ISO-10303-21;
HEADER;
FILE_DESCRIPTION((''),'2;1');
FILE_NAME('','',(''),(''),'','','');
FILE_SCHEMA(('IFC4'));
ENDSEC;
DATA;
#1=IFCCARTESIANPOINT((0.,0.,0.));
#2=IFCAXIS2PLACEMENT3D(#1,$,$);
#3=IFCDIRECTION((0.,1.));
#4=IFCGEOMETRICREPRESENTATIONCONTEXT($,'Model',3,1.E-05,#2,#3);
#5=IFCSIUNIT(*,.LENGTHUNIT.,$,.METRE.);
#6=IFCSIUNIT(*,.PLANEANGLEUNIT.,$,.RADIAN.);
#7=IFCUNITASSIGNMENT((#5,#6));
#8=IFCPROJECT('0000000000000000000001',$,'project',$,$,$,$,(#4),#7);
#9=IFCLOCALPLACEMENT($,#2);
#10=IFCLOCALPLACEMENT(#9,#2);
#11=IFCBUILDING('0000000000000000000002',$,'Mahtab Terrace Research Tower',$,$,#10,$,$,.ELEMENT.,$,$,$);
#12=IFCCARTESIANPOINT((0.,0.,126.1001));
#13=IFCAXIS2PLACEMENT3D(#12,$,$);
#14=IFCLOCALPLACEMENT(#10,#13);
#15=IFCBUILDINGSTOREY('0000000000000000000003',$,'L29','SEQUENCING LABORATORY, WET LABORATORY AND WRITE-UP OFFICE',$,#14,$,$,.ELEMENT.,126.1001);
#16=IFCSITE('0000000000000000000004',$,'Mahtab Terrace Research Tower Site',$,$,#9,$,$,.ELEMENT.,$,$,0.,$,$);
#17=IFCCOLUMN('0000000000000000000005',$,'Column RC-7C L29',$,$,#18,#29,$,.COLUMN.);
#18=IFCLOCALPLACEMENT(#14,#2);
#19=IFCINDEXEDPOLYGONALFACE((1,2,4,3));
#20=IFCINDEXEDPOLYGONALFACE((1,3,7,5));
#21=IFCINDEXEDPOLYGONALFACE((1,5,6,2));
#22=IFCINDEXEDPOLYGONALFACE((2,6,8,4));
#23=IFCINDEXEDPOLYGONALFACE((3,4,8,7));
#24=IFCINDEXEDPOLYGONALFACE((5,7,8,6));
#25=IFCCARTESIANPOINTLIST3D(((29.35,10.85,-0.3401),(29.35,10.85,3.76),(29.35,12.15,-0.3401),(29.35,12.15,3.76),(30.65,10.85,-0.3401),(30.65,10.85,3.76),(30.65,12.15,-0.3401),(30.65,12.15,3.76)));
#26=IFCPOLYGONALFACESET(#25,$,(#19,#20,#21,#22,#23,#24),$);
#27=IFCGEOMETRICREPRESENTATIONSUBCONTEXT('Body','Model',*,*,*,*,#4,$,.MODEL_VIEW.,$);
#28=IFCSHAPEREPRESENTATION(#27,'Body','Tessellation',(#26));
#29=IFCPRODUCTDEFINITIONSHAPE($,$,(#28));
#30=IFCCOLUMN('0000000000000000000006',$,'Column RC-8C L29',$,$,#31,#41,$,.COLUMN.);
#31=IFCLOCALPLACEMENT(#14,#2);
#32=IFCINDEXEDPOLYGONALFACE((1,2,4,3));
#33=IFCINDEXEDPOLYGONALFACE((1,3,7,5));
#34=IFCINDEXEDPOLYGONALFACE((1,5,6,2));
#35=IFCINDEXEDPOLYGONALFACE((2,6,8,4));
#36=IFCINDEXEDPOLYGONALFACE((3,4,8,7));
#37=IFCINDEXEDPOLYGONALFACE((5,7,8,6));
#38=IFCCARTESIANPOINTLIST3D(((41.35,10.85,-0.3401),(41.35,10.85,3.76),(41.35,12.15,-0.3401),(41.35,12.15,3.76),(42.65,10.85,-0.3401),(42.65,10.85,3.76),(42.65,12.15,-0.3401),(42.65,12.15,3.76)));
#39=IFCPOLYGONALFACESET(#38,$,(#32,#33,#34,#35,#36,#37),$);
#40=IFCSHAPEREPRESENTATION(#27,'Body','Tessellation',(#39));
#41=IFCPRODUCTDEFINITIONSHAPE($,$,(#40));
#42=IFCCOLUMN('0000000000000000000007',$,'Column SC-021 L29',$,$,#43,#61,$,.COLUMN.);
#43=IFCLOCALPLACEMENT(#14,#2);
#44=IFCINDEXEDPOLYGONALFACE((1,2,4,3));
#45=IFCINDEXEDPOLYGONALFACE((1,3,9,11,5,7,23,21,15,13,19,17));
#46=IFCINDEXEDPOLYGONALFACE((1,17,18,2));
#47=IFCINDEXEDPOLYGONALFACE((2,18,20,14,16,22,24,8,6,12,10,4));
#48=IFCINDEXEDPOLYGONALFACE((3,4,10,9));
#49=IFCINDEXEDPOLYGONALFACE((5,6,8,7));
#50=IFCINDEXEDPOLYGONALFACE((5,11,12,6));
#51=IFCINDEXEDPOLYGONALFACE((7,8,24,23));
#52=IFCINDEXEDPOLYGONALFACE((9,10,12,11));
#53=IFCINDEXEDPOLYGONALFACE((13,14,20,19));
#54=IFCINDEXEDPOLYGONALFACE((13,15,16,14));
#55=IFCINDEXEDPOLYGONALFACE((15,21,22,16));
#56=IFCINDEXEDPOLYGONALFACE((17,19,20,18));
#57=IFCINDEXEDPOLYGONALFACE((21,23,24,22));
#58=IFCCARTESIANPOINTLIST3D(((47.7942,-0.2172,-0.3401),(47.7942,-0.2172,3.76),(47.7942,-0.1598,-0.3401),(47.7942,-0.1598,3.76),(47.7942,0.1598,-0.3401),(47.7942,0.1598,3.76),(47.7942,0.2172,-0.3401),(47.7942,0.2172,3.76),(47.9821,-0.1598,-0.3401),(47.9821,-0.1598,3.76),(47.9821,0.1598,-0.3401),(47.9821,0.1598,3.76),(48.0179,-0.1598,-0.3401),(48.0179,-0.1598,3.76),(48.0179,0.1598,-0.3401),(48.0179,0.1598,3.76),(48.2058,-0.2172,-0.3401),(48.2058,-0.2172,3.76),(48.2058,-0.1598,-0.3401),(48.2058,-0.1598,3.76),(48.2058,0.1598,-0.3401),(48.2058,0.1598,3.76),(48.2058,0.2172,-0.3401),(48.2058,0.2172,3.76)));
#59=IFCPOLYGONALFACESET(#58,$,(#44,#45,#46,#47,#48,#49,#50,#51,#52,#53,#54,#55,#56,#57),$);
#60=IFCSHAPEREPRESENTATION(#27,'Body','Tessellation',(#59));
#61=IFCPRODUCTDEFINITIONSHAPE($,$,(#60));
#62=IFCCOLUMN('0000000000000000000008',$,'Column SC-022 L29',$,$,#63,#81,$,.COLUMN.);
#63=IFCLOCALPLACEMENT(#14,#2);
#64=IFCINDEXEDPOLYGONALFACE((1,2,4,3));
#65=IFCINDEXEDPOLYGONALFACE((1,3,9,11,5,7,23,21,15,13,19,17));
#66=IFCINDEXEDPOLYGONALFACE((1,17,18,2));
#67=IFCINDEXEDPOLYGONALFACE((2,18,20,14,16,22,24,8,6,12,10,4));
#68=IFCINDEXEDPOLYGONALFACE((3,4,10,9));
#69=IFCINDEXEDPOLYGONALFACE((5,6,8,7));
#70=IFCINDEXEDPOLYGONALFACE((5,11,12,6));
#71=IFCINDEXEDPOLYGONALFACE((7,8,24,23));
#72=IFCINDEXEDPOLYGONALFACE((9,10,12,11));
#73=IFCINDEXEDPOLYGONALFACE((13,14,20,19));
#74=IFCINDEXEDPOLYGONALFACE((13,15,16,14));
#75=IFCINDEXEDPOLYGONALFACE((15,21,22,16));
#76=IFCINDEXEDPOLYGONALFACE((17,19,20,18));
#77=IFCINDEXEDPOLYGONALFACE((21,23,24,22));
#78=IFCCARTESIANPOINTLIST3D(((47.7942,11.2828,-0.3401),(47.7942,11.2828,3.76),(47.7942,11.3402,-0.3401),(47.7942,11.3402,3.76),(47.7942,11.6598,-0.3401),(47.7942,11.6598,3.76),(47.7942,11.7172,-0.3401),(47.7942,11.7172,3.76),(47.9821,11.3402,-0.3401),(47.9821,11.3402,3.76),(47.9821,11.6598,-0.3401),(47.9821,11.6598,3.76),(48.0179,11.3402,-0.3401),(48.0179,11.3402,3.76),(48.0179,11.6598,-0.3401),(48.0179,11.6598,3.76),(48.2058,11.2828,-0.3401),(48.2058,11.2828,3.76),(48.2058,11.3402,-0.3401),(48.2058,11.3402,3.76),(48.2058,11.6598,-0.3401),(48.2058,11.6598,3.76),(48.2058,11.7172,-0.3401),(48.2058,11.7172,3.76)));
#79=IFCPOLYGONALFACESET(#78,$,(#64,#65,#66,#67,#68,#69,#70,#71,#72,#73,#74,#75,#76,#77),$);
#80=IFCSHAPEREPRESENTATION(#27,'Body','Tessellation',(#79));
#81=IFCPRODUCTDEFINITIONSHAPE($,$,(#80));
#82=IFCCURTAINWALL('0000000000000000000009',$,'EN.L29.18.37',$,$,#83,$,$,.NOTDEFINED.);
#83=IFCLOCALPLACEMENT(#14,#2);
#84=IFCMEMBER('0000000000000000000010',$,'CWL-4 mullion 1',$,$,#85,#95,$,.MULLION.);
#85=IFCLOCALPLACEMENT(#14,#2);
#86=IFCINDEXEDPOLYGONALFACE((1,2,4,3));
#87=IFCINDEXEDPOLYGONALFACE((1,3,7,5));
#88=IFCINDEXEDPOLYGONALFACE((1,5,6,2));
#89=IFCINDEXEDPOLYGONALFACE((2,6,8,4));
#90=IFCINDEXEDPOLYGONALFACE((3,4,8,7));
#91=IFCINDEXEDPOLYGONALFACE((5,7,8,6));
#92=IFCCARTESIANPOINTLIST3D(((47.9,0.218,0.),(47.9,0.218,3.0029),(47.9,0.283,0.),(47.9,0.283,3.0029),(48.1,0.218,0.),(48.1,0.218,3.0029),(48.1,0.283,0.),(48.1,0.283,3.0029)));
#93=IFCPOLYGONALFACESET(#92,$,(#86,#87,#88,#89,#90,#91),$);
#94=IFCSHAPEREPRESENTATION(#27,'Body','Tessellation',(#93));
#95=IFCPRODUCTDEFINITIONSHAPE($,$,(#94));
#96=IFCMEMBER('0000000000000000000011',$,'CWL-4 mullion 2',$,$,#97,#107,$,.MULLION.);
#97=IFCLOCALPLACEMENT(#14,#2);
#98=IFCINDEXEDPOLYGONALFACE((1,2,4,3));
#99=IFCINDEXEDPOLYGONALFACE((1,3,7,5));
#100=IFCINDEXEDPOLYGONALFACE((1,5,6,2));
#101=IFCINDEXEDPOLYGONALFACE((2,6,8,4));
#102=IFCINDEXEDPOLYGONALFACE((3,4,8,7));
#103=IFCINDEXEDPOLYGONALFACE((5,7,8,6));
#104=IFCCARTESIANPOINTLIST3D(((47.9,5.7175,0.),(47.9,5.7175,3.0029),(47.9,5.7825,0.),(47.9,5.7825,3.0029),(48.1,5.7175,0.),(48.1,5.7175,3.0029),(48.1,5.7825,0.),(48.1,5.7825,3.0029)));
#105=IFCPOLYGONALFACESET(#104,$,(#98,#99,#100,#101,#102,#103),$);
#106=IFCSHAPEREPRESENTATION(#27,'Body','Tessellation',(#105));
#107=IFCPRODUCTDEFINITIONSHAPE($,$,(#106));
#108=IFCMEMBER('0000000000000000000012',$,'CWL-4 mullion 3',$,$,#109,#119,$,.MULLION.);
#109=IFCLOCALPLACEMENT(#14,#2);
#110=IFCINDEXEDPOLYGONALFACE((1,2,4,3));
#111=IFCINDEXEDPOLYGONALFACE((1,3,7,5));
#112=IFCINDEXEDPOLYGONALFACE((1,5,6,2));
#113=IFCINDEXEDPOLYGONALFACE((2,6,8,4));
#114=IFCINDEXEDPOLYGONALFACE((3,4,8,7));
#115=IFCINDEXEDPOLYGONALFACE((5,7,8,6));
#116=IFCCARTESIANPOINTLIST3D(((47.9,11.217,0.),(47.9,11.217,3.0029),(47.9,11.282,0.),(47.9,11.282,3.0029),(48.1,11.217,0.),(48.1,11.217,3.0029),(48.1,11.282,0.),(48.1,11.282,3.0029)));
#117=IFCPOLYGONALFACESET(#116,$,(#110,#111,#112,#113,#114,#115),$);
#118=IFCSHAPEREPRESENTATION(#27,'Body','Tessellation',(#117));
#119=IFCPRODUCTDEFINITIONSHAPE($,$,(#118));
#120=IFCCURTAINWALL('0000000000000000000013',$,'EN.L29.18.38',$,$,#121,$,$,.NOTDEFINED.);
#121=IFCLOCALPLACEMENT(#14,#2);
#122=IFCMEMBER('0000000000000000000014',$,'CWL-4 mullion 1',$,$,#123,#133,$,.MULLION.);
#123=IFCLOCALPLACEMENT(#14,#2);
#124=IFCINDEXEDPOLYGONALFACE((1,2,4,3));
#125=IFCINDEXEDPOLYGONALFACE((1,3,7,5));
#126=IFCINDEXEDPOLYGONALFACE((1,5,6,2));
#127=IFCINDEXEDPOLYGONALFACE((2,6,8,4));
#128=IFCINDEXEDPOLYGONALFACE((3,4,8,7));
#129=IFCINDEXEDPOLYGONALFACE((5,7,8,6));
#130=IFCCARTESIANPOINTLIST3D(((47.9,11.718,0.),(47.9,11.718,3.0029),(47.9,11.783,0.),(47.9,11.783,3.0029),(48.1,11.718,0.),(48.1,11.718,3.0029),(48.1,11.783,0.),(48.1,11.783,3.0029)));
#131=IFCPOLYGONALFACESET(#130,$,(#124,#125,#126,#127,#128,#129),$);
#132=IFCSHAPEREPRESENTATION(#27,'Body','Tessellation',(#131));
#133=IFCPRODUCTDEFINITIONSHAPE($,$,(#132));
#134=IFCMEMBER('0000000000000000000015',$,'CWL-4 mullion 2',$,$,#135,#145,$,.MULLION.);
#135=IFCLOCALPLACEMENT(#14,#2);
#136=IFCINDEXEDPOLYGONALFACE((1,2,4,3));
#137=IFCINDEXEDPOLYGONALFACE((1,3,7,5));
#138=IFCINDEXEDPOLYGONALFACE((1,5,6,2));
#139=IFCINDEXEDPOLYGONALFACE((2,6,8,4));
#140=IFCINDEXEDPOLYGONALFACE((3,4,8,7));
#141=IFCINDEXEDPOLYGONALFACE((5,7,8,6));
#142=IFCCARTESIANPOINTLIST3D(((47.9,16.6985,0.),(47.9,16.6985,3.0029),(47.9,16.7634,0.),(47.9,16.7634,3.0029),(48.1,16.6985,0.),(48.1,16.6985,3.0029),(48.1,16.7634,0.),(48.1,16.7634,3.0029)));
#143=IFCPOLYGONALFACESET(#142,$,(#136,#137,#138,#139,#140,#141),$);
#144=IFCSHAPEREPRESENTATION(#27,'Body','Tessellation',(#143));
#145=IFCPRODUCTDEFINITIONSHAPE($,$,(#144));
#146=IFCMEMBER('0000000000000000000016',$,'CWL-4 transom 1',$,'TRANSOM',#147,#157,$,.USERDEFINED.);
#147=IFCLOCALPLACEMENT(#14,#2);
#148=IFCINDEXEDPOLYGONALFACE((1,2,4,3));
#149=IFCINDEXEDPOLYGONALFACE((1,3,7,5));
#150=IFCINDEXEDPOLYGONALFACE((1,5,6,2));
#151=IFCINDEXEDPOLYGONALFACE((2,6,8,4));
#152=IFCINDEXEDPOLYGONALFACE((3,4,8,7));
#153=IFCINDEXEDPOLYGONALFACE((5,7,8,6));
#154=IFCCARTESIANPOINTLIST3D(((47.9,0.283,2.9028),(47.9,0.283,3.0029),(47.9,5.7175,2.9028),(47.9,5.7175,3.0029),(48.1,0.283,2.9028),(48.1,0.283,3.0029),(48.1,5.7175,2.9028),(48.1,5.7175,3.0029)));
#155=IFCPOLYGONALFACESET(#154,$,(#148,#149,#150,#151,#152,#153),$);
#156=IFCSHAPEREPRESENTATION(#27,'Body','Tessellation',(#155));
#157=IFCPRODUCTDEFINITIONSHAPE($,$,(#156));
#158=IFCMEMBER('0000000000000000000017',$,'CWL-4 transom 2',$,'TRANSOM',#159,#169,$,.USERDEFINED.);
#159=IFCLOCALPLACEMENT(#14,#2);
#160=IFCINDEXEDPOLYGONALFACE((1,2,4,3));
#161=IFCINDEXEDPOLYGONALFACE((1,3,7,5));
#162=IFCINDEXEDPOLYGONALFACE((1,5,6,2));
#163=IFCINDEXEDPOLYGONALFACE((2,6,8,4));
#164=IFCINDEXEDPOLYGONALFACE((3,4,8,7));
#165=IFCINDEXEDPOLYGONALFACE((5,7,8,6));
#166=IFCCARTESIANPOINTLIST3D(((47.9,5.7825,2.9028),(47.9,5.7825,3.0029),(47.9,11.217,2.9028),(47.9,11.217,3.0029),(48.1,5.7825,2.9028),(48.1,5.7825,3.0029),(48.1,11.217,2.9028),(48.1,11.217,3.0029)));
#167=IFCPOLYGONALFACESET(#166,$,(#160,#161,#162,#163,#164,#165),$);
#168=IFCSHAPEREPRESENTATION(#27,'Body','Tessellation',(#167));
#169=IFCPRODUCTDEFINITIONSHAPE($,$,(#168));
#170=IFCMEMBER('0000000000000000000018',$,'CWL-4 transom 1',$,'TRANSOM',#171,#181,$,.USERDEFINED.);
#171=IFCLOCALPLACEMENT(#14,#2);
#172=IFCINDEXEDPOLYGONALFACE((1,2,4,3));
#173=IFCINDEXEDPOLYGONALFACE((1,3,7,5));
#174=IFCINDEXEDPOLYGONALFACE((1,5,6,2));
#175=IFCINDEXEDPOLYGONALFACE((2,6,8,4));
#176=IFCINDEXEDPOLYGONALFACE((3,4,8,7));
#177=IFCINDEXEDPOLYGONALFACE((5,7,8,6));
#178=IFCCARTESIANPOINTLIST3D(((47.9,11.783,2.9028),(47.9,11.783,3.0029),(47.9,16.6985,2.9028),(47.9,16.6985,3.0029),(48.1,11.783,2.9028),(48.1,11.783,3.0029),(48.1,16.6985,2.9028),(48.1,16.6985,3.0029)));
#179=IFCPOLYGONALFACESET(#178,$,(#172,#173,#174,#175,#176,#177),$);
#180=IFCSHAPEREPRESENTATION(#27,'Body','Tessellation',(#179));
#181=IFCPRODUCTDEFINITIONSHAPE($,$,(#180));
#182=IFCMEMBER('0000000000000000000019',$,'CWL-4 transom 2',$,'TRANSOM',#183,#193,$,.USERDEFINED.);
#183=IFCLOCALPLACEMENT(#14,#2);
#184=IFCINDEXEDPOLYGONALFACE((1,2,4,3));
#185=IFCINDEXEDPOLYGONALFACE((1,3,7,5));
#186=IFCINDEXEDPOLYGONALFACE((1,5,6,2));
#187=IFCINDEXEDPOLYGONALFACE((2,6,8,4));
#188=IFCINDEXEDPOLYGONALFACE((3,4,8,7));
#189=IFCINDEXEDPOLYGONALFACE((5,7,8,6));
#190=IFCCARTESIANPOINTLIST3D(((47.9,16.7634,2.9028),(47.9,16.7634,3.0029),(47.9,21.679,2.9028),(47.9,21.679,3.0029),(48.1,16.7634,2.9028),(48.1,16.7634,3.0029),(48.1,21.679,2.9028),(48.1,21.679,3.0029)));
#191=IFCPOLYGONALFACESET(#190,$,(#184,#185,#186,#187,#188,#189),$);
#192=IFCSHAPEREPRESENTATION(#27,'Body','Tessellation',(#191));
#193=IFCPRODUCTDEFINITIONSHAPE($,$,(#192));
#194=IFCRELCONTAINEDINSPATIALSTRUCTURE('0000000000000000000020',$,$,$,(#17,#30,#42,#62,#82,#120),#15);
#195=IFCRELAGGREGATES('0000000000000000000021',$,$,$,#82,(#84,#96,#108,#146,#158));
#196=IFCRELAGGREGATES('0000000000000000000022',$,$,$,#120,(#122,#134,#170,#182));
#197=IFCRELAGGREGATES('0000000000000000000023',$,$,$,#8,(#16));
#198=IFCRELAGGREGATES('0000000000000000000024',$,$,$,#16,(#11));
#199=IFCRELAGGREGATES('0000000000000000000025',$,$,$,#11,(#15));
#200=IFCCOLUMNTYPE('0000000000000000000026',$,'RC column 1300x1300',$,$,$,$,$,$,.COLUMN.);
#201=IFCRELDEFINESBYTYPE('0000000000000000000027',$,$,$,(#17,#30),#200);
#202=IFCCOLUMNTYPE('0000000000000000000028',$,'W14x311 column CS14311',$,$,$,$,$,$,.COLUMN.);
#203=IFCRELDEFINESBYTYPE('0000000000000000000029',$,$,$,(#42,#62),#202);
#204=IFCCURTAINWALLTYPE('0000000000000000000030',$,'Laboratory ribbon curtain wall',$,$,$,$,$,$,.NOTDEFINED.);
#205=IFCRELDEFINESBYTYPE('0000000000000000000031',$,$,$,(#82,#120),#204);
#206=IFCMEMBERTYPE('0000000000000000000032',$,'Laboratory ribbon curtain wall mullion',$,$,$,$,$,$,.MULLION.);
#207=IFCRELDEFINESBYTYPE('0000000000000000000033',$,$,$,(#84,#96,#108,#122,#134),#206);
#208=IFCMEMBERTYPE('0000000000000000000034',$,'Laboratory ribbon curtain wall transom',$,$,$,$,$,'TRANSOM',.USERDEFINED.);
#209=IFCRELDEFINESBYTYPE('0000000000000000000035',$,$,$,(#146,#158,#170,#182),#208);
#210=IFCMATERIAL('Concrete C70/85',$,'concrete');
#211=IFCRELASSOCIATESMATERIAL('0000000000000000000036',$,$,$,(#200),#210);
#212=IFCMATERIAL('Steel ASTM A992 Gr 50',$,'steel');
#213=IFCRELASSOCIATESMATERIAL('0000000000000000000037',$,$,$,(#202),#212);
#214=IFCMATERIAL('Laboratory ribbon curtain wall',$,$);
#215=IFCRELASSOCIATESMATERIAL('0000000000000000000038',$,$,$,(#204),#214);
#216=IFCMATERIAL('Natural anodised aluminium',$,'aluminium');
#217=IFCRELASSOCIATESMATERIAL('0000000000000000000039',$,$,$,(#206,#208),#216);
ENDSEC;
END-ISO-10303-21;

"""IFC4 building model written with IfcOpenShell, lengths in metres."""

from ifc_helpers import new_model, si_unit, direction, frame, origin, origin_2d, place, context, subcontext, project, spatial, rectangle, i_section, extrude, material, material_profile, profile_set, type_object, element, aggregate, save


model = new_model("IFC4")

# Units and contexts
model_context = context("Model", 3, precision=1e-05, world=origin(), true_north=direction((0.0, 1.0)))
body_context = subcontext(model_context, "Body", "Model", "MODEL_VIEW")
ifc_project = project(units=[si_unit("LENGTHUNIT", "METRE"), si_unit("PLANEANGLEUNIT", "RADIAN")], contexts=[model_context])

# Site, building, storey
site_placement = place(None, origin())
site = spatial("IfcSite", under=ifc_project, at=site_placement, Name="Mahtab Terrace Research Tower Site", CompositionType="ELEMENT", RefElevation=0.0)
building_placement = place(site_placement, origin())
building = spatial("IfcBuilding", under=site, at=building_placement, Name="Mahtab Terrace Research Tower", CompositionType="ELEMENT")
storey_placement = place(building_placement, frame((0.0, 0.0, 126.1001)))
storey = spatial("IfcBuildingStorey", under=building, at=storey_placement, Name="L29", Description="SEQUENCING LABORATORY, WET LABORATORY AND WRITE-UP OFFICE", CompositionType="ELEMENT", Elevation=126.1001)

# Columns
ifc_material_1 = material(Name="Concrete C70/85", Category="concrete")
ifc_material_profile_1 = material_profile(ifc_material_1, rectangle(XDim=1.3, YDim=1.3, at=origin_2d()), Name="RC column 1300x1300")
ifc_profile_set_1 = profile_set([ifc_material_profile_1], Name="Concrete C70/85")
column_type_1 = type_object("IfcColumnType", Name="RC column 1300x1300", PredefinedType="COLUMN", material=ifc_profile_set_1)
for number, where, z_axis, x_axis, name in (
    (1, (30.0, 11.5, -0.3401), (0.0, 0.0, 1.0), (1.0, 0.0, 0.0), "Column RC-7C L29"),
    (2, (42.0, 11.5, -0.3401), (0.0, 0.0, 1.0), (1.0, 0.0, 0.0), "Column RC-8C L29"),
):
    element("IfcColumn", number, at=place(storey_placement, frame(where, z_axis=z_axis, x_axis=x_axis)), inside=storey, type_object=column_type_1, Name=name, PredefinedType="COLUMN", context=body_context, shape_type="SweptSolid", body=[
        extrude(rectangle(XDim=1.3, YDim=1.3, at=origin_2d()), origin(), (0.0, 0.0, 1.0), 4.1001),
    ])
ifc_material_2 = material(Name="Steel ASTM A992 Gr 50", Category="steel")
ifc_material_profile_2 = material_profile(ifc_material_2, i_section(OverallWidth=0.4116, OverallDepth=0.4343, WebThickness=0.0359, FlangeThickness=0.0574, at=origin_2d()), Name="W14X311")
ifc_profile_set_2 = profile_set([ifc_material_profile_2], Name="Steel ASTM A992 Gr 50")
column_type_2 = type_object("IfcColumnType", Name="W14x311 column CS14311", PredefinedType="COLUMN", material=ifc_profile_set_2)
for number, where, z_axis, x_axis, name in (
    (3, (48.0, 0.0, -0.3401), (0.0, 0.0, 1.0), (1.0, 0.0, 0.0), "Column SC-021 L29"),
    (4, (48.0, 11.5, -0.3401), (0.0, 0.0, 1.0), (1.0, 0.0, 0.0), "Column SC-022 L29"),
):
    element("IfcColumn", number, at=place(storey_placement, frame(where, z_axis=z_axis, x_axis=x_axis)), inside=storey, type_object=column_type_2, Name=name, PredefinedType="COLUMN", context=body_context, shape_type="SweptSolid", body=[
        extrude(i_section(OverallWidth=0.4116, OverallDepth=0.4343, WebThickness=0.0359, FlangeThickness=0.0574, at=origin_2d()), origin(), (0.0, 0.0, 1.0), 4.1001),
    ])

# Curtain walls, members
ifc_material_3 = material(Name="Laboratory ribbon curtain wall")
curtain_wall_type = type_object("IfcCurtainWallType", Name="Laboratory ribbon curtain wall", PredefinedType="NOTDEFINED", material=ifc_material_3)
curtain_wall_1_placement = place(storey_placement, origin())
curtain_wall_1 = element("IfcCurtainWall", 5, at=curtain_wall_1_placement, inside=storey, type_object=curtain_wall_type, Name="EN.L29.18.37", PredefinedType="NOTDEFINED")
ifc_material_4 = material(Name="Natural anodised aluminium", Category="aluminium")
ifc_material_profile_3 = material_profile(ifc_material_4, rectangle(XDim=0.2, YDim=0.0649, at=origin_2d()), Name="MULLION 65x200")
ifc_profile_set_3 = profile_set([ifc_material_profile_3], Name="Natural anodised aluminium")
member_type_1 = type_object("IfcMemberType", Name="Laboratory ribbon curtain wall mullion", PredefinedType="MULLION", material=ifc_profile_set_3)
member_1_placement = place(storey_placement, frame((48.0, 0.2505, 0.0), z_axis=(0.0, 0.0, 1.0), x_axis=(-1.0, 0.0, 0.0)))
member_1 = element("IfcMember", 6, at=member_1_placement, type_object=member_type_1, Name="CWL-4 mullion 1", PredefinedType="MULLION", context=body_context, shape_type="SweptSolid", body=[
    extrude(rectangle(XDim=0.2, YDim=0.0649, at=origin_2d()), origin(), (0.0, 0.0, 1.0), 3.0029),
])
member_2_placement = place(storey_placement, frame((48.0, 5.75, 0.0), z_axis=(0.0, 0.0, 1.0), x_axis=(-1.0, 0.0, 0.0)))
member_2 = element("IfcMember", 7, at=member_2_placement, type_object=member_type_1, Name="CWL-4 mullion 2", PredefinedType="MULLION", context=body_context, shape_type="SweptSolid", body=[
    extrude(rectangle(XDim=0.2, YDim=0.0649, at=origin_2d()), origin(), (0.0, 0.0, 1.0), 3.0029),
])
member_3_placement = place(storey_placement, frame((48.0, 11.2495, 0.0), z_axis=(0.0, 0.0, 1.0), x_axis=(-1.0, 0.0, 0.0)))
member_3 = element("IfcMember", 8, at=member_3_placement, type_object=member_type_1, Name="CWL-4 mullion 3", PredefinedType="MULLION", context=body_context, shape_type="SweptSolid", body=[
    extrude(rectangle(XDim=0.2, YDim=0.0649, at=origin_2d()), origin(), (0.0, 0.0, 1.0), 3.0029),
])
curtain_wall_2_placement = place(storey_placement, origin())
curtain_wall_2 = element("IfcCurtainWall", 9, at=curtain_wall_2_placement, inside=storey, type_object=curtain_wall_type, Name="EN.L29.18.38", PredefinedType="NOTDEFINED")
member_4_placement = place(storey_placement, frame((48.0, 11.7505, 0.0), z_axis=(0.0, 0.0, 1.0), x_axis=(-1.0, 0.0, 0.0)))
member_4 = element("IfcMember", 10, at=member_4_placement, type_object=member_type_1, Name="CWL-4 mullion 1", PredefinedType="MULLION", context=body_context, shape_type="SweptSolid", body=[
    extrude(rectangle(XDim=0.2, YDim=0.0649, at=origin_2d()), origin(), (0.0, 0.0, 1.0), 3.0029),
])
member_5_placement = place(storey_placement, frame((48.0, 16.731, 0.0), z_axis=(0.0, 0.0, 1.0), x_axis=(-1.0, 0.0, 0.0)))
member_5 = element("IfcMember", 11, at=member_5_placement, type_object=member_type_1, Name="CWL-4 mullion 2", PredefinedType="MULLION", context=body_context, shape_type="SweptSolid", body=[
    extrude(rectangle(XDim=0.2, YDim=0.0649, at=origin_2d()), origin(), (0.0, 0.0, 1.0), 3.0029),
])

# Members
ifc_material_profile_4 = material_profile(ifc_material_4, rectangle(XDim=0.2, YDim=0.1001, at=origin_2d()), Name="TRANSOM 100x200")
ifc_profile_set_4 = profile_set([ifc_material_profile_4], Name="Natural anodised aluminium")
member_type_2 = type_object("IfcMemberType", Name="Laboratory ribbon curtain wall transom", ElementType="TRANSOM", PredefinedType="USERDEFINED", material=ifc_profile_set_4)
member_6_placement = place(storey_placement, frame((48.0, 0.283, 2.9529), z_axis=(0.0, 1.0, 0.0), x_axis=(-1.0, 0.0, 0.0)))
member_6 = element("IfcMember", 12, at=member_6_placement, type_object=member_type_2, Name="CWL-4 transom 1", ObjectType="TRANSOM", PredefinedType="USERDEFINED", context=body_context, shape_type="SweptSolid", body=[
    extrude(rectangle(XDim=0.2, YDim=0.1001, at=origin_2d()), origin(), (0.0, 0.0, 1.0), 5.4346),
])
member_7_placement = place(storey_placement, frame((48.0, 5.7825, 2.9529), z_axis=(0.0, 1.0, 0.0), x_axis=(-1.0, 0.0, 0.0)))
member_7 = element("IfcMember", 13, at=member_7_placement, type_object=member_type_2, Name="CWL-4 transom 2", ObjectType="TRANSOM", PredefinedType="USERDEFINED", context=body_context, shape_type="SweptSolid", body=[
    extrude(rectangle(XDim=0.2, YDim=0.1001, at=origin_2d()), origin(), (0.0, 0.0, 1.0), 5.4346),
])
member_8_placement = place(storey_placement, frame((48.0, 11.783, 2.9529), z_axis=(0.0, 1.0, 0.0), x_axis=(-1.0, 0.0, 0.0)))
member_8 = element("IfcMember", 14, at=member_8_placement, type_object=member_type_2, Name="CWL-4 transom 1", ObjectType="TRANSOM", PredefinedType="USERDEFINED", context=body_context, shape_type="SweptSolid", body=[
    extrude(rectangle(XDim=0.2, YDim=0.1001, at=origin_2d()), origin(), (0.0, 0.0, 1.0), 4.9155),
])
member_9_placement = place(storey_placement, frame((48.0, 16.7634, 2.9529), z_axis=(0.0, 1.0, 0.0), x_axis=(-1.0, 0.0, 0.0)))
member_9 = element("IfcMember", 15, at=member_9_placement, type_object=member_type_2, Name="CWL-4 transom 2", ObjectType="TRANSOM", PredefinedType="USERDEFINED", context=body_context, shape_type="SweptSolid", body=[
    extrude(rectangle(XDim=0.2, YDim=0.1001, at=origin_2d()), origin(), (0.0, 0.0, 1.0), 4.9155),
])

aggregate(curtain_wall_1, [member_1, member_2, member_3, member_6, member_7])
aggregate(curtain_wall_2, [member_4, member_5, member_8, member_9])

save(model, "model.ifc")
